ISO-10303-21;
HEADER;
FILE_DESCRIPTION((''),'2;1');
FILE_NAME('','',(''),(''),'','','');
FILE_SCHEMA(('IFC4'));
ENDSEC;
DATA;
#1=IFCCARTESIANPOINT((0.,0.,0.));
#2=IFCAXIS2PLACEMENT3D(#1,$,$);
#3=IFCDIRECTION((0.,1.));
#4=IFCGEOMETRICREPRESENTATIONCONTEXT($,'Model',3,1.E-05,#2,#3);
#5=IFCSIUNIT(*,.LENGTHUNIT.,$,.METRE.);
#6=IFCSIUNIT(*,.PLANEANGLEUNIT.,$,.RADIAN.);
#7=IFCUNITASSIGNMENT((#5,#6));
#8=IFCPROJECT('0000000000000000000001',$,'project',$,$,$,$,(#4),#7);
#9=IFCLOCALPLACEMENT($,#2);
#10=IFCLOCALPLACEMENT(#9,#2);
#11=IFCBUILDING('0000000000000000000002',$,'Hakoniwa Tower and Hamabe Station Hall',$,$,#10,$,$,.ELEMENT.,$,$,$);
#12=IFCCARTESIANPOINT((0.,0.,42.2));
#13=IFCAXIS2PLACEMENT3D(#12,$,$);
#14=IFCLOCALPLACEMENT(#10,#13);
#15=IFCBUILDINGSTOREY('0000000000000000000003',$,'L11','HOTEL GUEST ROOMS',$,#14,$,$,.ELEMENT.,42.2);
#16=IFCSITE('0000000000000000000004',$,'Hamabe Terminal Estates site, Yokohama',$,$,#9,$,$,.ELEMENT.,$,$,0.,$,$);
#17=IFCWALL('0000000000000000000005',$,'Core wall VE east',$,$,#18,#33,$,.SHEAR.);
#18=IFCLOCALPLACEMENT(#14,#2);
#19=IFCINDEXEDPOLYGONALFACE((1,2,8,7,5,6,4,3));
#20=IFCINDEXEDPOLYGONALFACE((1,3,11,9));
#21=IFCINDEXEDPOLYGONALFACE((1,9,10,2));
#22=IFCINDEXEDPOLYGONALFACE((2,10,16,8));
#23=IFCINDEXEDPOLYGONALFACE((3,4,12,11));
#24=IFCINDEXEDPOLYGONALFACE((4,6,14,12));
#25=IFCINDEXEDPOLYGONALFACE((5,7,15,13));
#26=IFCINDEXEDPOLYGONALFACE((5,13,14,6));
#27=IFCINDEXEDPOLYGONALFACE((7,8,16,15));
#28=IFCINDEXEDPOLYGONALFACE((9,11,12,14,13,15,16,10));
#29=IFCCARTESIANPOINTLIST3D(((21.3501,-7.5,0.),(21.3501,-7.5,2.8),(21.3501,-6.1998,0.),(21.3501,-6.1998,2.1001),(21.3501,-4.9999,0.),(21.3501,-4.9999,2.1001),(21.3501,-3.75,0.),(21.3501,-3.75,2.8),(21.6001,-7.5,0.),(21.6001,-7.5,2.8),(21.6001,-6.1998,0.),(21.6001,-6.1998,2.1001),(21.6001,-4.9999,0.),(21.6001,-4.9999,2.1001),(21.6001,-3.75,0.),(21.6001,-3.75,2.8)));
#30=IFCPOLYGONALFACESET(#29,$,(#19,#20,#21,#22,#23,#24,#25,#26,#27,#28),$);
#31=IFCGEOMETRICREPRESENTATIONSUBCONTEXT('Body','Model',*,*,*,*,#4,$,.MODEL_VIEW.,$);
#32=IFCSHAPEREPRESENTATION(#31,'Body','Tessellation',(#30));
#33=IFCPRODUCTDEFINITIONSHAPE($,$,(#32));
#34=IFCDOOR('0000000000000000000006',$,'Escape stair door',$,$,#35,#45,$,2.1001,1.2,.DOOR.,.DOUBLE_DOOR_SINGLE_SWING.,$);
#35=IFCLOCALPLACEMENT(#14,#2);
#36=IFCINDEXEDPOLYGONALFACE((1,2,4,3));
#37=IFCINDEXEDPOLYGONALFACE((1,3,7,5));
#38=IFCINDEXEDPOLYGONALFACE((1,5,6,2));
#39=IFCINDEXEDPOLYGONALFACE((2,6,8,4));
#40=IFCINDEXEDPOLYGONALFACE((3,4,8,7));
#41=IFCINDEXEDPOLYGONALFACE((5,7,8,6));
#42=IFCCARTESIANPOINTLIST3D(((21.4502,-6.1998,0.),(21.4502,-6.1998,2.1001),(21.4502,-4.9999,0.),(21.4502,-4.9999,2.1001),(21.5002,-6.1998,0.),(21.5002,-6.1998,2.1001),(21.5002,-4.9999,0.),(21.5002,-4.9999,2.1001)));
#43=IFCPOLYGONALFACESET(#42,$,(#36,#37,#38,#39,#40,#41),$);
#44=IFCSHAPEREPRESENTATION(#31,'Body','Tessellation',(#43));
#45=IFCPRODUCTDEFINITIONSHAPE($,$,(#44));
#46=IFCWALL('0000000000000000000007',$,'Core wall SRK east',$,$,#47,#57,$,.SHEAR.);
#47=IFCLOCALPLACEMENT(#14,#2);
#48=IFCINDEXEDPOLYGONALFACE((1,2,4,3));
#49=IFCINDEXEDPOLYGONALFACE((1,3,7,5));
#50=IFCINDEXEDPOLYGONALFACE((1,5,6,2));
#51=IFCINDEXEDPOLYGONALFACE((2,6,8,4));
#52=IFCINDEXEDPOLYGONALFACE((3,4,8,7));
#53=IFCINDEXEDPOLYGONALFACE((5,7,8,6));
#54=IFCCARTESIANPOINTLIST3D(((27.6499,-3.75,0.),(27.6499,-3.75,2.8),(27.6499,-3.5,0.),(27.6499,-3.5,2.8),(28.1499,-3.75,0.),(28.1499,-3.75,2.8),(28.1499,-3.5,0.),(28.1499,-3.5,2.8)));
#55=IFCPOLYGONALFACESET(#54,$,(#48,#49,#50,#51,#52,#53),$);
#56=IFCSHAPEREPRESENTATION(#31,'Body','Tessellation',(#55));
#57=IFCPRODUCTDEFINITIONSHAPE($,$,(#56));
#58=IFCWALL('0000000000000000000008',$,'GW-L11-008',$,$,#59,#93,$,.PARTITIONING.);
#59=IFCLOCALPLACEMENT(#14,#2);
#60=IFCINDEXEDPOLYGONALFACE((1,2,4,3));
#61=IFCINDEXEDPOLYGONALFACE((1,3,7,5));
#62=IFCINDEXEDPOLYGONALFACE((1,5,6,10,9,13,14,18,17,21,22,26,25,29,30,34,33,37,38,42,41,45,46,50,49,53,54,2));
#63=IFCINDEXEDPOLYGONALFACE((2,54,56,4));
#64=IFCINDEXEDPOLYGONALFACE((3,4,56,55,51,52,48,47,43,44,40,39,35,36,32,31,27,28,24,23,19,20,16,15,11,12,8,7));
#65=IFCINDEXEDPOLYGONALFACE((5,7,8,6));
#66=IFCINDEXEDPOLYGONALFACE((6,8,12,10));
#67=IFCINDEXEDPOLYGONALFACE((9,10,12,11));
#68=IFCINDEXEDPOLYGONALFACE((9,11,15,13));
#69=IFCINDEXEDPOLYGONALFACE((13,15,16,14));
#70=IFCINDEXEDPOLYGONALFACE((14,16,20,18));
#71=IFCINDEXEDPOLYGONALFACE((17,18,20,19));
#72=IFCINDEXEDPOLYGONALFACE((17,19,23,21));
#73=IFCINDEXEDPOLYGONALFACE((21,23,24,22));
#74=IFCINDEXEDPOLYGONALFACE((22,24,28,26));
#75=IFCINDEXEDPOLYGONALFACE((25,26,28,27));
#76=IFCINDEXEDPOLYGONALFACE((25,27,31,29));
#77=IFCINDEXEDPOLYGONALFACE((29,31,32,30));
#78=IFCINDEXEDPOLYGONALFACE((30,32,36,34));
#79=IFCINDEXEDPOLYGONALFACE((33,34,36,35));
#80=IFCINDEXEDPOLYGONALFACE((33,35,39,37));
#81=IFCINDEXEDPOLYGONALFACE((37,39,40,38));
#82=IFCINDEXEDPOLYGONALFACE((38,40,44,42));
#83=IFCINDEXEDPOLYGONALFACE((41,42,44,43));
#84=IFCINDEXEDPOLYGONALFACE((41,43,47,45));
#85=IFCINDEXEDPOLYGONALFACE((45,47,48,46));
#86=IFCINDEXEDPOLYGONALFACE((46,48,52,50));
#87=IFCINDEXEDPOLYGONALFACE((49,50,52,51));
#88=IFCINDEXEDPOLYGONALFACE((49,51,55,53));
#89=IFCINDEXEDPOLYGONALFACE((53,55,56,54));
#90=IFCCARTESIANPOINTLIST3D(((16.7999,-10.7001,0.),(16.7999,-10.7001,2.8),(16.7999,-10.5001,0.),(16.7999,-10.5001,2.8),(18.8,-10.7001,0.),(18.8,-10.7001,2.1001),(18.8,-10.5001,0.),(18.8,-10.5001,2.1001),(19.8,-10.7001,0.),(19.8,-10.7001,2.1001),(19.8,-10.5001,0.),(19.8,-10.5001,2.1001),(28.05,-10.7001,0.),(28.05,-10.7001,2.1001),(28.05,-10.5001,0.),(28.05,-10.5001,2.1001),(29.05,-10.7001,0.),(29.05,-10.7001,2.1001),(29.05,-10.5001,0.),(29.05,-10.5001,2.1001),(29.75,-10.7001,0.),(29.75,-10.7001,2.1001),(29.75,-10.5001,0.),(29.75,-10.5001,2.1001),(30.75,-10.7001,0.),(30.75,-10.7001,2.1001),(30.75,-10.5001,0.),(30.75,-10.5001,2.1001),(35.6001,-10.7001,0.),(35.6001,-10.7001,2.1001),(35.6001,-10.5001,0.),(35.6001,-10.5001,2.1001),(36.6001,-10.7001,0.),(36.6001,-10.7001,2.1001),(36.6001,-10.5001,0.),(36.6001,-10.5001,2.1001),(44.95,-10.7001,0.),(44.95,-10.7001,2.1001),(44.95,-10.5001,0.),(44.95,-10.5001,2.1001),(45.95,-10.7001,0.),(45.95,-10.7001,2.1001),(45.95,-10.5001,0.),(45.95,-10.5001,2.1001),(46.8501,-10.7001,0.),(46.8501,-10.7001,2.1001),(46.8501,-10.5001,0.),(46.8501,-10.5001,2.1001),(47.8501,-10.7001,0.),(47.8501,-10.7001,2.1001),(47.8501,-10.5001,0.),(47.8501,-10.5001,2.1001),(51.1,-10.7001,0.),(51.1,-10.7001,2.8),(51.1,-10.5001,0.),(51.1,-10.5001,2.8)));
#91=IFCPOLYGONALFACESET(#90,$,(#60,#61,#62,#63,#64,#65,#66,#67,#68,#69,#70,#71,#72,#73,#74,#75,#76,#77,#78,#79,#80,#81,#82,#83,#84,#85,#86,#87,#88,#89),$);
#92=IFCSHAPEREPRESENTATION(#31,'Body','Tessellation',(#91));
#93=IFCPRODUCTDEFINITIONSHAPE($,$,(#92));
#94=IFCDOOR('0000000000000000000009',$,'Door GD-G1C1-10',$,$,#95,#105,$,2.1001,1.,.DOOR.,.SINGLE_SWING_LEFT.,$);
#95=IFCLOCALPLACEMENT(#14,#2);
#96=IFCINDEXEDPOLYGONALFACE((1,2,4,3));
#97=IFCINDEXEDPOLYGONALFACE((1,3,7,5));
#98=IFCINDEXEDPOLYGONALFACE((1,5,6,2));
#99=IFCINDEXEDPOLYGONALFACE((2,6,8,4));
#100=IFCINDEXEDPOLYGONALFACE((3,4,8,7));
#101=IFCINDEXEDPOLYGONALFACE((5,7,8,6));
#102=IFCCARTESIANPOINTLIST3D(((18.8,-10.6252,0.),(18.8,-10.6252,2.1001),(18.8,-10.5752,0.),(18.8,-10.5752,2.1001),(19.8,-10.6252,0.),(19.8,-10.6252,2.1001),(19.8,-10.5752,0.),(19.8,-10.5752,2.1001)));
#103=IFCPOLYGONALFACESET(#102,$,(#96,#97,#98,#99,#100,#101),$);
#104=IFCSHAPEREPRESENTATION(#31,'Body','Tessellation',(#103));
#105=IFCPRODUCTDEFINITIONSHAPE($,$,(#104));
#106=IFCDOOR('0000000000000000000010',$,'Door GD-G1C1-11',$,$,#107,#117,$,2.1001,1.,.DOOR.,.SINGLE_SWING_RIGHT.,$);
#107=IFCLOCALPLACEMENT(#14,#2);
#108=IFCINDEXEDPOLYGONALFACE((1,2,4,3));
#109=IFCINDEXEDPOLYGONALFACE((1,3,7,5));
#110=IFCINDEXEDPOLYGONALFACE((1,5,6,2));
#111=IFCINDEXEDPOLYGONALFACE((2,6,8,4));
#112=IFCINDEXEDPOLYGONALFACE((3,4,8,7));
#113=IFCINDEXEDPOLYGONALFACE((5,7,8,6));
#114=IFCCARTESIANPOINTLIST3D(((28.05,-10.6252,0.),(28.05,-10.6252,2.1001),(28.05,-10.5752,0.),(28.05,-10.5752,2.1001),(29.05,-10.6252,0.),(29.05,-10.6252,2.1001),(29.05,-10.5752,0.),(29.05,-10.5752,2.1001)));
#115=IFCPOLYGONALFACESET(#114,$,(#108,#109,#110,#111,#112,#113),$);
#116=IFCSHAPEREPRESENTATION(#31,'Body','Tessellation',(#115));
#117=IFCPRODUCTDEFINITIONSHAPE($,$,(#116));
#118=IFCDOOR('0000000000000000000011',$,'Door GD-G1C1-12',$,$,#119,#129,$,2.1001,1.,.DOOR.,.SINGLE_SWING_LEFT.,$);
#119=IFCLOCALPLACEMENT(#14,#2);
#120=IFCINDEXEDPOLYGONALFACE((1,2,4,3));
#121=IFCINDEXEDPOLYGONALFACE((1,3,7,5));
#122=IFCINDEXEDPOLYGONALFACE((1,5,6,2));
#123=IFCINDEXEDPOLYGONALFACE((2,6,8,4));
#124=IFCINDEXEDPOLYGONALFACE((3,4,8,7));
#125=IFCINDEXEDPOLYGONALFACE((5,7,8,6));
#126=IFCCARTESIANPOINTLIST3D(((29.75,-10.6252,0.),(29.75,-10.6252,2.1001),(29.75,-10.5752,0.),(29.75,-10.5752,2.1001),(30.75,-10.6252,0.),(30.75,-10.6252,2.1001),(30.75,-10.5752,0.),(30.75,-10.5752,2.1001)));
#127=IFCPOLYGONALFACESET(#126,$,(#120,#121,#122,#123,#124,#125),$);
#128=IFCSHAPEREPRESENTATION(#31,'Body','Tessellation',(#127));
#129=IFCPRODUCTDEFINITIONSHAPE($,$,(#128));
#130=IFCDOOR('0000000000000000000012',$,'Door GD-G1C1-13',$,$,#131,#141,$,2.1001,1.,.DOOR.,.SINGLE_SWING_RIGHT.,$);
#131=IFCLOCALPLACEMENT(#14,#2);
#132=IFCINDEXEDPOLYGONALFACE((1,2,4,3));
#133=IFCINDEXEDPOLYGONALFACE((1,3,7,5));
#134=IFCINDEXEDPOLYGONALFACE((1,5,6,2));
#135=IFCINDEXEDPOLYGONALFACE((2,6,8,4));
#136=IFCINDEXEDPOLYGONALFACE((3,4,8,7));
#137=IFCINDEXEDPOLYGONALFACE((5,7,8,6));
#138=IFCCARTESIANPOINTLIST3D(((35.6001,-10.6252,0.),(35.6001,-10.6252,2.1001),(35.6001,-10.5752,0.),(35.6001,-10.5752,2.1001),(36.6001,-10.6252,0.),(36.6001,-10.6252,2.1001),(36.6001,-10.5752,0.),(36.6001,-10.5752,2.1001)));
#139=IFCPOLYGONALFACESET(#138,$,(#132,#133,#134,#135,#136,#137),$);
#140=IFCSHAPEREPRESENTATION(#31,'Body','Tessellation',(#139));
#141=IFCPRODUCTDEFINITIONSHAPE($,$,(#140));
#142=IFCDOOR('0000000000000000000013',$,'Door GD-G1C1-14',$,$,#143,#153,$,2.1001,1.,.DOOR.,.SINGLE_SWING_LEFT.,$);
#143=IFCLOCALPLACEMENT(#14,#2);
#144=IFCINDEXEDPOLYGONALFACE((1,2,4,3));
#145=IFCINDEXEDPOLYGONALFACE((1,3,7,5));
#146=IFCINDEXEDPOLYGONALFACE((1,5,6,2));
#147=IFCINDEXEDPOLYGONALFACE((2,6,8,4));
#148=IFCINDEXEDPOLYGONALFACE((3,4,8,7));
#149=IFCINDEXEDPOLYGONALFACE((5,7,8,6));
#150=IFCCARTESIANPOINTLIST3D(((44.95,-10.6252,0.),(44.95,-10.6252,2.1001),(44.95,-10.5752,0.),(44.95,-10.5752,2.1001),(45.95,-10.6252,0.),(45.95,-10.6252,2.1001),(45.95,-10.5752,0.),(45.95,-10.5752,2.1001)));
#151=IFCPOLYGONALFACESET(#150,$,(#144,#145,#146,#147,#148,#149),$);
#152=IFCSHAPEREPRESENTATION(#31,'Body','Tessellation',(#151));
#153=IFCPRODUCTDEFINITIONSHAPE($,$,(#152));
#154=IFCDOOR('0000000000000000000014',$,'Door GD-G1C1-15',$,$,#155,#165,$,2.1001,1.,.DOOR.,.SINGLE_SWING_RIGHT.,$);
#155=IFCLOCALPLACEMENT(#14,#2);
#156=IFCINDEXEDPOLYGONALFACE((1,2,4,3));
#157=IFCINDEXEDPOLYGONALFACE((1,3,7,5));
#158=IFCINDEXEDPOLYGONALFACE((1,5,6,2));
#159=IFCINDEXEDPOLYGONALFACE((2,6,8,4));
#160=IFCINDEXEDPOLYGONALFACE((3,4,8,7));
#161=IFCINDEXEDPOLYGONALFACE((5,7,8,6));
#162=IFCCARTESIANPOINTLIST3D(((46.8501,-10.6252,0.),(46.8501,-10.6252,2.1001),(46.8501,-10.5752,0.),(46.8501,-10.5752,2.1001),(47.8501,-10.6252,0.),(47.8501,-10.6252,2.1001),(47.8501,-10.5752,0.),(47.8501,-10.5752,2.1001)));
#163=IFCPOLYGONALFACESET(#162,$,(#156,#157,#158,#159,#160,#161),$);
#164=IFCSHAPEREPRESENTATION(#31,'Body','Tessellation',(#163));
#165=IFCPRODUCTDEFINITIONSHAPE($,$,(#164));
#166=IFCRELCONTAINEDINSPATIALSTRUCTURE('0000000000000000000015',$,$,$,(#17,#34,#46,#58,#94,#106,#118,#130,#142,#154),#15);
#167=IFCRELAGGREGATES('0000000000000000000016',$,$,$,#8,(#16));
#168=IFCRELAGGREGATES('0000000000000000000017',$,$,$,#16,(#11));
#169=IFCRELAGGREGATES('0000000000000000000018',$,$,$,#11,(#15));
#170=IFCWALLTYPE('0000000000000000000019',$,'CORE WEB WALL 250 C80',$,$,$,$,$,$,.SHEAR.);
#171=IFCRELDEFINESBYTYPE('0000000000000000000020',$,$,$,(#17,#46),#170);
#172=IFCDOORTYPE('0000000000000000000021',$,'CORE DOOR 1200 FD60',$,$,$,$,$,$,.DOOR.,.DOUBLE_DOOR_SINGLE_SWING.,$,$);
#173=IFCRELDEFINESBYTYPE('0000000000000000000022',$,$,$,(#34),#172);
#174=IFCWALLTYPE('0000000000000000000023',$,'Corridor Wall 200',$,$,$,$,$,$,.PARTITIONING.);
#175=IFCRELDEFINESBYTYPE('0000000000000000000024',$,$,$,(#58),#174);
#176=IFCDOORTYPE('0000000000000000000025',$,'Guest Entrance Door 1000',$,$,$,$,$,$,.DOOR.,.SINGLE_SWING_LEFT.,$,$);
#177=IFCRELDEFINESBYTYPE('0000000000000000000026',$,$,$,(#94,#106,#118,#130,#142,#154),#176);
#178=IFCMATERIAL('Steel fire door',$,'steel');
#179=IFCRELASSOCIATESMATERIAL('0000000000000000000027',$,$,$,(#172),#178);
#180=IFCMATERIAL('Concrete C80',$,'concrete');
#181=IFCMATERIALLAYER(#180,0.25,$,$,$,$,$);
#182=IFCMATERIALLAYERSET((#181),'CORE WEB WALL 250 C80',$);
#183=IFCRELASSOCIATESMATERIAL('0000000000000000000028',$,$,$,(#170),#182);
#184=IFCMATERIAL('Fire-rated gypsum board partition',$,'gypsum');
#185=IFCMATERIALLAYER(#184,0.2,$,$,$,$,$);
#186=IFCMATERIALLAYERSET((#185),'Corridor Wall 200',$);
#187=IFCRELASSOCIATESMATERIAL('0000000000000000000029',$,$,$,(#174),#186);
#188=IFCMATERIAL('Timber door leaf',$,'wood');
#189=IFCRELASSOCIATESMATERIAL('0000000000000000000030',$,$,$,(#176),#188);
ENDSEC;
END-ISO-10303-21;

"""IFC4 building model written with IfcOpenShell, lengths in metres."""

from ifc_helpers import new_model, si_unit, direction, frame, frame_2d, origin, place, context, subcontext, project, spatial, rectangle, extrude, material, layer, layer_set, type_object, element, fill, save


model = new_model("IFC4")

# Units and contexts
model_context = context("Model", 3, precision=1e-05, world=origin(), true_north=direction((0.0, 1.0)))
body_context = subcontext(model_context, "Body", "Model", "MODEL_VIEW")
ifc_project = project(units=[si_unit("LENGTHUNIT", "METRE"), si_unit("PLANEANGLEUNIT", "RADIAN")], contexts=[model_context])

# Site, building, storey
site_placement = place(None, origin())
site = spatial("IfcSite", under=ifc_project, at=site_placement, Name="Hamabe Terminal Estates site, Yokohama", CompositionType="ELEMENT", RefElevation=0.0)
building_placement = place(site_placement, origin())
building = spatial("IfcBuilding", under=site, at=building_placement, Name="Hakoniwa Tower and Hamabe Station Hall", CompositionType="ELEMENT")
storey_placement = place(building_placement, frame((0.0, 0.0, 42.2)))
storey = spatial("IfcBuildingStorey", under=building, at=storey_placement, Name="L11", Description="HOTEL GUEST ROOMS", CompositionType="ELEMENT", Elevation=42.2)

# Shared definitions
ifc_material_1 = material(Name="Steel fire door", Category="steel")
door_type_1 = type_object("IfcDoorType", Name="CORE DOOR 1200 FD60", OperationType="DOUBLE_DOOR_SINGLE_SWING", PredefinedType="DOOR", material=ifc_material_1)

# Shared definitions
ifc_material_2 = material(Name="Concrete C80", Category="concrete")
ifc_layer_1 = layer(ifc_material_2, 0.25)
ifc_layer_set_1 = layer_set([ifc_layer_1], Name="CORE WEB WALL 250 C80")
wall_type_1 = type_object("IfcWallType", Name="CORE WEB WALL 250 C80", PredefinedType="SHEAR", material=ifc_layer_set_1)

# Wall, opening, door
wall_1_placement = place(storey_placement, frame((21.4751, -7.5, 0.0), z_axis=(0.0, 0.0, 1.0), x_axis=(0.0, 1.0, 0.0)))
wall_1 = element("IfcWall", 1, at=wall_1_placement, inside=storey, type_object=wall_type_1, Name="Core wall VE east", PredefinedType="SHEAR", context=body_context, shape_type="SweptSolid", body=[
    extrude(rectangle(XDim=3.75, YDim=0.25, at=frame_2d((1.875, 0.0))), origin(), (0.0, 0.0, 1.0), 2.8),
])
opening_1_placement = place(wall_1_placement, frame((1.3, 0.0, 0.0)))
opening_1 = element("IfcOpeningElement", 2, at=opening_1_placement, cuts=wall_1, PredefinedType="OPENING", context=body_context, shape_type="SweptSolid", body=[
    extrude(rectangle(XDim=1.2, YDim=2.1001, at=frame_2d((0.6001, 1.05))), frame((0.0, 0.135, 0.0), z_axis=(0.0, -1.0, 0.0), x_axis=(1.0, 0.0, 0.0)), (0.0, 0.0, 1.0), 0.27),
])
door_1_placement = place(opening_1_placement, origin())
door_1 = element("IfcDoor", 3, at=door_1_placement, inside=storey, type_object=door_type_1, Name="Escape stair door", OperationType="DOUBLE_DOOR_SINGLE_SWING", OverallHeight=2.1001, OverallWidth=1.2, PredefinedType="DOOR", context=body_context, shape_type="SweptSolid", body=[
    extrude(rectangle(XDim=1.2, YDim=2.1001, at=frame_2d((0.6001, 1.05))), frame((0.0, 0.0249, 0.0), z_axis=(0.0, -1.0, 0.0), x_axis=(1.0, 0.0, 0.0)), (0.0, 0.0, 1.0), 0.05),
])
fill(opening_1, door_1)

# Wall
wall_2_placement = place(storey_placement, frame((27.6499, -3.625, 0.0), z_axis=(0.0, 0.0, 1.0), x_axis=(1.0, 0.0, 0.0)))
element("IfcWall", 4, at=wall_2_placement, inside=storey, type_object=wall_type_1, Name="Core wall SRK east", PredefinedType="SHEAR", context=body_context, shape_type="SweptSolid", body=[
    extrude(rectangle(XDim=0.5, YDim=0.25, at=frame_2d((0.25, 0.0))), origin(), (0.0, 0.0, 1.0), 2.8),
])

# Wall, openings, doors
ifc_material_3 = material(Name="Fire-rated gypsum board partition", Category="gypsum")
ifc_layer_2 = layer(ifc_material_3, 0.2)
ifc_layer_set_2 = layer_set([ifc_layer_2], Name="Corridor Wall 200")
wall_type_2 = type_object("IfcWallType", Name="Corridor Wall 200", PredefinedType="PARTITIONING", material=ifc_layer_set_2)
wall_3_placement = place(storey_placement, frame((16.8, -10.6001, 0.0), z_axis=(0.0, 0.0, 1.0), x_axis=(1.0, 0.0, 0.0)))
wall_3 = element("IfcWall", 5, at=wall_3_placement, inside=storey, type_object=wall_type_2, Name="GW-L11-008", PredefinedType="PARTITIONING", context=body_context, shape_type="SweptSolid", body=[
    extrude(rectangle(XDim=34.3, YDim=0.2, at=frame_2d((17.1499, 0.0))), origin(), (0.0, 0.0, 1.0), 2.8),
])
opening_2_placement = place(wall_3_placement, frame((2.0, 0.0, 0.0)))
opening_2 = element("IfcOpeningElement", 6, at=opening_2_placement, cuts=wall_3, PredefinedType="OPENING", context=body_context, shape_type="SweptSolid", body=[
    extrude(rectangle(XDim=1.0, YDim=2.1001, at=frame_2d((0.5, 1.05))), frame((0.0, 0.1099, 0.0), z_axis=(0.0, -1.0, 0.0), x_axis=(1.0, 0.0, 0.0)), (0.0, 0.0, 1.0), 0.22),
])
opening_3_placement = place(wall_3_placement, frame((11.25, 0.0, 0.0)))
opening_3 = element("IfcOpeningElement", 7, at=opening_3_placement, cuts=wall_3, PredefinedType="OPENING", context=body_context, shape_type="SweptSolid", body=[
    extrude(rectangle(XDim=1.0, YDim=2.1001, at=frame_2d((0.5, 1.05))), frame((0.0, 0.1099, 0.0), z_axis=(0.0, -1.0, 0.0), x_axis=(1.0, 0.0, 0.0)), (0.0, 0.0, 1.0), 0.22),
])
opening_4_placement = place(wall_3_placement, frame((12.95, 0.0, 0.0)))
opening_4 = element("IfcOpeningElement", 8, at=opening_4_placement, cuts=wall_3, PredefinedType="OPENING", context=body_context, shape_type="SweptSolid", body=[
    extrude(rectangle(XDim=1.0, YDim=2.1001, at=frame_2d((0.5, 1.05))), frame((0.0, 0.1099, 0.0), z_axis=(0.0, -1.0, 0.0), x_axis=(1.0, 0.0, 0.0)), (0.0, 0.0, 1.0), 0.22),
])
opening_5_placement = place(wall_3_placement, frame((18.8, 0.0, 0.0)))
opening_5 = element("IfcOpeningElement", 9, at=opening_5_placement, cuts=wall_3, PredefinedType="OPENING", context=body_context, shape_type="SweptSolid", body=[
    extrude(rectangle(XDim=1.0, YDim=2.1001, at=frame_2d((0.5, 1.05))), frame((0.0, 0.1099, 0.0), z_axis=(0.0, -1.0, 0.0), x_axis=(1.0, 0.0, 0.0)), (0.0, 0.0, 1.0), 0.22),
])
opening_6_placement = place(wall_3_placement, frame((28.1499, 0.0, 0.0)))
opening_6 = element("IfcOpeningElement", 10, at=opening_6_placement, cuts=wall_3, PredefinedType="OPENING", context=body_context, shape_type="SweptSolid", body=[
    extrude(rectangle(XDim=1.0, YDim=2.1001, at=frame_2d((0.5, 1.05))), frame((0.0, 0.1099, 0.0), z_axis=(0.0, -1.0, 0.0), x_axis=(1.0, 0.0, 0.0)), (0.0, 0.0, 1.0), 0.22),
])
opening_7_placement = place(wall_3_placement, frame((30.05, 0.0, 0.0)))
opening_7 = element("IfcOpeningElement", 11, at=opening_7_placement, cuts=wall_3, PredefinedType="OPENING", context=body_context, shape_type="SweptSolid", body=[
    extrude(rectangle(XDim=1.0, YDim=2.1001, at=frame_2d((0.5, 1.05))), frame((0.0, 0.1099, 0.0), z_axis=(0.0, -1.0, 0.0), x_axis=(1.0, 0.0, 0.0)), (0.0, 0.0, 1.0), 0.22),
])
ifc_material_4 = material(Name="Timber door leaf", Category="wood")
door_type_2 = type_object("IfcDoorType", Name="Guest Entrance Door 1000", OperationType="SINGLE_SWING_LEFT", PredefinedType="DOOR", material=ifc_material_4)
door_2_placement = place(opening_2_placement, origin())
door_2 = element("IfcDoor", 12, at=door_2_placement, inside=storey, type_object=door_type_2, Name="Door GD-G1C1-10", OperationType="SINGLE_SWING_LEFT", OverallHeight=2.1001, OverallWidth=1.0, PredefinedType="DOOR", context=body_context, shape_type="SweptSolid", body=[
    extrude(rectangle(XDim=1.0, YDim=2.1001, at=frame_2d((0.5, 1.05))), frame((0.0, 0.0249, 0.0), z_axis=(0.0, -1.0, 0.0), x_axis=(1.0, 0.0, 0.0)), (0.0, 0.0, 1.0), 0.05),
])
fill(opening_2, door_2)
door_3_placement = place(opening_3_placement, origin())
door_3 = element("IfcDoor", 13, at=door_3_placement, inside=storey, type_object=door_type_2, Name="Door GD-G1C1-11", OperationType="SINGLE_SWING_RIGHT", OverallHeight=2.1001, OverallWidth=1.0, PredefinedType="DOOR", context=body_context, shape_type="SweptSolid", body=[
    extrude(rectangle(XDim=1.0, YDim=2.1001, at=frame_2d((0.5, 1.05))), frame((0.0, 0.0249, 0.0), z_axis=(0.0, -1.0, 0.0), x_axis=(1.0, 0.0, 0.0)), (0.0, 0.0, 1.0), 0.05),
])
fill(opening_3, door_3)
door_4_placement = place(opening_4_placement, origin())
door_4 = element("IfcDoor", 14, at=door_4_placement, inside=storey, type_object=door_type_2, Name="Door GD-G1C1-12", OperationType="SINGLE_SWING_LEFT", OverallHeight=2.1001, OverallWidth=1.0, PredefinedType="DOOR", context=body_context, shape_type="SweptSolid", body=[
    extrude(rectangle(XDim=1.0, YDim=2.1001, at=frame_2d((0.5, 1.05))), frame((0.0, 0.0249, 0.0), z_axis=(0.0, -1.0, 0.0), x_axis=(1.0, 0.0, 0.0)), (0.0, 0.0, 1.0), 0.05),
])
fill(opening_4, door_4)
door_5_placement = place(opening_5_placement, origin())
door_5 = element("IfcDoor", 15, at=door_5_placement, inside=storey, type_object=door_type_2, Name="Door GD-G1C1-13", OperationType="SINGLE_SWING_RIGHT", OverallHeight=2.1001, OverallWidth=1.0, PredefinedType="DOOR", context=body_context, shape_type="SweptSolid", body=[
    extrude(rectangle(XDim=1.0, YDim=2.1001, at=frame_2d((0.5, 1.05))), frame((0.0, 0.0249, 0.0), z_axis=(0.0, -1.0, 0.0), x_axis=(1.0, 0.0, 0.0)), (0.0, 0.0, 1.0), 0.05),
])
fill(opening_5, door_5)
door_6_placement = place(opening_6_placement, origin())
door_6 = element("IfcDoor", 16, at=door_6_placement, inside=storey, type_object=door_type_2, Name="Door GD-G1C1-14", OperationType="SINGLE_SWING_LEFT", OverallHeight=2.1001, OverallWidth=1.0, PredefinedType="DOOR", context=body_context, shape_type="SweptSolid", body=[
    extrude(rectangle(XDim=1.0, YDim=2.1001, at=frame_2d((0.5, 1.05))), frame((0.0, 0.0249, 0.0), z_axis=(0.0, -1.0, 0.0), x_axis=(1.0, 0.0, 0.0)), (0.0, 0.0, 1.0), 0.05),
])
fill(opening_6, door_6)
door_7_placement = place(opening_7_placement, origin())
door_7 = element("IfcDoor", 17, at=door_7_placement, inside=storey, type_object=door_type_2, Name="Door GD-G1C1-15", OperationType="SINGLE_SWING_RIGHT", OverallHeight=2.1001, OverallWidth=1.0, PredefinedType="DOOR", context=body_context, shape_type="SweptSolid", body=[
    extrude(rectangle(XDim=1.0, YDim=2.1001, at=frame_2d((0.5, 1.05))), frame((0.0, 0.0249, 0.0), z_axis=(0.0, -1.0, 0.0), x_axis=(1.0, 0.0, 0.0)), (0.0, 0.0, 1.0), 0.05),
])
fill(opening_7, door_7)

save(model, "model.ifc")
